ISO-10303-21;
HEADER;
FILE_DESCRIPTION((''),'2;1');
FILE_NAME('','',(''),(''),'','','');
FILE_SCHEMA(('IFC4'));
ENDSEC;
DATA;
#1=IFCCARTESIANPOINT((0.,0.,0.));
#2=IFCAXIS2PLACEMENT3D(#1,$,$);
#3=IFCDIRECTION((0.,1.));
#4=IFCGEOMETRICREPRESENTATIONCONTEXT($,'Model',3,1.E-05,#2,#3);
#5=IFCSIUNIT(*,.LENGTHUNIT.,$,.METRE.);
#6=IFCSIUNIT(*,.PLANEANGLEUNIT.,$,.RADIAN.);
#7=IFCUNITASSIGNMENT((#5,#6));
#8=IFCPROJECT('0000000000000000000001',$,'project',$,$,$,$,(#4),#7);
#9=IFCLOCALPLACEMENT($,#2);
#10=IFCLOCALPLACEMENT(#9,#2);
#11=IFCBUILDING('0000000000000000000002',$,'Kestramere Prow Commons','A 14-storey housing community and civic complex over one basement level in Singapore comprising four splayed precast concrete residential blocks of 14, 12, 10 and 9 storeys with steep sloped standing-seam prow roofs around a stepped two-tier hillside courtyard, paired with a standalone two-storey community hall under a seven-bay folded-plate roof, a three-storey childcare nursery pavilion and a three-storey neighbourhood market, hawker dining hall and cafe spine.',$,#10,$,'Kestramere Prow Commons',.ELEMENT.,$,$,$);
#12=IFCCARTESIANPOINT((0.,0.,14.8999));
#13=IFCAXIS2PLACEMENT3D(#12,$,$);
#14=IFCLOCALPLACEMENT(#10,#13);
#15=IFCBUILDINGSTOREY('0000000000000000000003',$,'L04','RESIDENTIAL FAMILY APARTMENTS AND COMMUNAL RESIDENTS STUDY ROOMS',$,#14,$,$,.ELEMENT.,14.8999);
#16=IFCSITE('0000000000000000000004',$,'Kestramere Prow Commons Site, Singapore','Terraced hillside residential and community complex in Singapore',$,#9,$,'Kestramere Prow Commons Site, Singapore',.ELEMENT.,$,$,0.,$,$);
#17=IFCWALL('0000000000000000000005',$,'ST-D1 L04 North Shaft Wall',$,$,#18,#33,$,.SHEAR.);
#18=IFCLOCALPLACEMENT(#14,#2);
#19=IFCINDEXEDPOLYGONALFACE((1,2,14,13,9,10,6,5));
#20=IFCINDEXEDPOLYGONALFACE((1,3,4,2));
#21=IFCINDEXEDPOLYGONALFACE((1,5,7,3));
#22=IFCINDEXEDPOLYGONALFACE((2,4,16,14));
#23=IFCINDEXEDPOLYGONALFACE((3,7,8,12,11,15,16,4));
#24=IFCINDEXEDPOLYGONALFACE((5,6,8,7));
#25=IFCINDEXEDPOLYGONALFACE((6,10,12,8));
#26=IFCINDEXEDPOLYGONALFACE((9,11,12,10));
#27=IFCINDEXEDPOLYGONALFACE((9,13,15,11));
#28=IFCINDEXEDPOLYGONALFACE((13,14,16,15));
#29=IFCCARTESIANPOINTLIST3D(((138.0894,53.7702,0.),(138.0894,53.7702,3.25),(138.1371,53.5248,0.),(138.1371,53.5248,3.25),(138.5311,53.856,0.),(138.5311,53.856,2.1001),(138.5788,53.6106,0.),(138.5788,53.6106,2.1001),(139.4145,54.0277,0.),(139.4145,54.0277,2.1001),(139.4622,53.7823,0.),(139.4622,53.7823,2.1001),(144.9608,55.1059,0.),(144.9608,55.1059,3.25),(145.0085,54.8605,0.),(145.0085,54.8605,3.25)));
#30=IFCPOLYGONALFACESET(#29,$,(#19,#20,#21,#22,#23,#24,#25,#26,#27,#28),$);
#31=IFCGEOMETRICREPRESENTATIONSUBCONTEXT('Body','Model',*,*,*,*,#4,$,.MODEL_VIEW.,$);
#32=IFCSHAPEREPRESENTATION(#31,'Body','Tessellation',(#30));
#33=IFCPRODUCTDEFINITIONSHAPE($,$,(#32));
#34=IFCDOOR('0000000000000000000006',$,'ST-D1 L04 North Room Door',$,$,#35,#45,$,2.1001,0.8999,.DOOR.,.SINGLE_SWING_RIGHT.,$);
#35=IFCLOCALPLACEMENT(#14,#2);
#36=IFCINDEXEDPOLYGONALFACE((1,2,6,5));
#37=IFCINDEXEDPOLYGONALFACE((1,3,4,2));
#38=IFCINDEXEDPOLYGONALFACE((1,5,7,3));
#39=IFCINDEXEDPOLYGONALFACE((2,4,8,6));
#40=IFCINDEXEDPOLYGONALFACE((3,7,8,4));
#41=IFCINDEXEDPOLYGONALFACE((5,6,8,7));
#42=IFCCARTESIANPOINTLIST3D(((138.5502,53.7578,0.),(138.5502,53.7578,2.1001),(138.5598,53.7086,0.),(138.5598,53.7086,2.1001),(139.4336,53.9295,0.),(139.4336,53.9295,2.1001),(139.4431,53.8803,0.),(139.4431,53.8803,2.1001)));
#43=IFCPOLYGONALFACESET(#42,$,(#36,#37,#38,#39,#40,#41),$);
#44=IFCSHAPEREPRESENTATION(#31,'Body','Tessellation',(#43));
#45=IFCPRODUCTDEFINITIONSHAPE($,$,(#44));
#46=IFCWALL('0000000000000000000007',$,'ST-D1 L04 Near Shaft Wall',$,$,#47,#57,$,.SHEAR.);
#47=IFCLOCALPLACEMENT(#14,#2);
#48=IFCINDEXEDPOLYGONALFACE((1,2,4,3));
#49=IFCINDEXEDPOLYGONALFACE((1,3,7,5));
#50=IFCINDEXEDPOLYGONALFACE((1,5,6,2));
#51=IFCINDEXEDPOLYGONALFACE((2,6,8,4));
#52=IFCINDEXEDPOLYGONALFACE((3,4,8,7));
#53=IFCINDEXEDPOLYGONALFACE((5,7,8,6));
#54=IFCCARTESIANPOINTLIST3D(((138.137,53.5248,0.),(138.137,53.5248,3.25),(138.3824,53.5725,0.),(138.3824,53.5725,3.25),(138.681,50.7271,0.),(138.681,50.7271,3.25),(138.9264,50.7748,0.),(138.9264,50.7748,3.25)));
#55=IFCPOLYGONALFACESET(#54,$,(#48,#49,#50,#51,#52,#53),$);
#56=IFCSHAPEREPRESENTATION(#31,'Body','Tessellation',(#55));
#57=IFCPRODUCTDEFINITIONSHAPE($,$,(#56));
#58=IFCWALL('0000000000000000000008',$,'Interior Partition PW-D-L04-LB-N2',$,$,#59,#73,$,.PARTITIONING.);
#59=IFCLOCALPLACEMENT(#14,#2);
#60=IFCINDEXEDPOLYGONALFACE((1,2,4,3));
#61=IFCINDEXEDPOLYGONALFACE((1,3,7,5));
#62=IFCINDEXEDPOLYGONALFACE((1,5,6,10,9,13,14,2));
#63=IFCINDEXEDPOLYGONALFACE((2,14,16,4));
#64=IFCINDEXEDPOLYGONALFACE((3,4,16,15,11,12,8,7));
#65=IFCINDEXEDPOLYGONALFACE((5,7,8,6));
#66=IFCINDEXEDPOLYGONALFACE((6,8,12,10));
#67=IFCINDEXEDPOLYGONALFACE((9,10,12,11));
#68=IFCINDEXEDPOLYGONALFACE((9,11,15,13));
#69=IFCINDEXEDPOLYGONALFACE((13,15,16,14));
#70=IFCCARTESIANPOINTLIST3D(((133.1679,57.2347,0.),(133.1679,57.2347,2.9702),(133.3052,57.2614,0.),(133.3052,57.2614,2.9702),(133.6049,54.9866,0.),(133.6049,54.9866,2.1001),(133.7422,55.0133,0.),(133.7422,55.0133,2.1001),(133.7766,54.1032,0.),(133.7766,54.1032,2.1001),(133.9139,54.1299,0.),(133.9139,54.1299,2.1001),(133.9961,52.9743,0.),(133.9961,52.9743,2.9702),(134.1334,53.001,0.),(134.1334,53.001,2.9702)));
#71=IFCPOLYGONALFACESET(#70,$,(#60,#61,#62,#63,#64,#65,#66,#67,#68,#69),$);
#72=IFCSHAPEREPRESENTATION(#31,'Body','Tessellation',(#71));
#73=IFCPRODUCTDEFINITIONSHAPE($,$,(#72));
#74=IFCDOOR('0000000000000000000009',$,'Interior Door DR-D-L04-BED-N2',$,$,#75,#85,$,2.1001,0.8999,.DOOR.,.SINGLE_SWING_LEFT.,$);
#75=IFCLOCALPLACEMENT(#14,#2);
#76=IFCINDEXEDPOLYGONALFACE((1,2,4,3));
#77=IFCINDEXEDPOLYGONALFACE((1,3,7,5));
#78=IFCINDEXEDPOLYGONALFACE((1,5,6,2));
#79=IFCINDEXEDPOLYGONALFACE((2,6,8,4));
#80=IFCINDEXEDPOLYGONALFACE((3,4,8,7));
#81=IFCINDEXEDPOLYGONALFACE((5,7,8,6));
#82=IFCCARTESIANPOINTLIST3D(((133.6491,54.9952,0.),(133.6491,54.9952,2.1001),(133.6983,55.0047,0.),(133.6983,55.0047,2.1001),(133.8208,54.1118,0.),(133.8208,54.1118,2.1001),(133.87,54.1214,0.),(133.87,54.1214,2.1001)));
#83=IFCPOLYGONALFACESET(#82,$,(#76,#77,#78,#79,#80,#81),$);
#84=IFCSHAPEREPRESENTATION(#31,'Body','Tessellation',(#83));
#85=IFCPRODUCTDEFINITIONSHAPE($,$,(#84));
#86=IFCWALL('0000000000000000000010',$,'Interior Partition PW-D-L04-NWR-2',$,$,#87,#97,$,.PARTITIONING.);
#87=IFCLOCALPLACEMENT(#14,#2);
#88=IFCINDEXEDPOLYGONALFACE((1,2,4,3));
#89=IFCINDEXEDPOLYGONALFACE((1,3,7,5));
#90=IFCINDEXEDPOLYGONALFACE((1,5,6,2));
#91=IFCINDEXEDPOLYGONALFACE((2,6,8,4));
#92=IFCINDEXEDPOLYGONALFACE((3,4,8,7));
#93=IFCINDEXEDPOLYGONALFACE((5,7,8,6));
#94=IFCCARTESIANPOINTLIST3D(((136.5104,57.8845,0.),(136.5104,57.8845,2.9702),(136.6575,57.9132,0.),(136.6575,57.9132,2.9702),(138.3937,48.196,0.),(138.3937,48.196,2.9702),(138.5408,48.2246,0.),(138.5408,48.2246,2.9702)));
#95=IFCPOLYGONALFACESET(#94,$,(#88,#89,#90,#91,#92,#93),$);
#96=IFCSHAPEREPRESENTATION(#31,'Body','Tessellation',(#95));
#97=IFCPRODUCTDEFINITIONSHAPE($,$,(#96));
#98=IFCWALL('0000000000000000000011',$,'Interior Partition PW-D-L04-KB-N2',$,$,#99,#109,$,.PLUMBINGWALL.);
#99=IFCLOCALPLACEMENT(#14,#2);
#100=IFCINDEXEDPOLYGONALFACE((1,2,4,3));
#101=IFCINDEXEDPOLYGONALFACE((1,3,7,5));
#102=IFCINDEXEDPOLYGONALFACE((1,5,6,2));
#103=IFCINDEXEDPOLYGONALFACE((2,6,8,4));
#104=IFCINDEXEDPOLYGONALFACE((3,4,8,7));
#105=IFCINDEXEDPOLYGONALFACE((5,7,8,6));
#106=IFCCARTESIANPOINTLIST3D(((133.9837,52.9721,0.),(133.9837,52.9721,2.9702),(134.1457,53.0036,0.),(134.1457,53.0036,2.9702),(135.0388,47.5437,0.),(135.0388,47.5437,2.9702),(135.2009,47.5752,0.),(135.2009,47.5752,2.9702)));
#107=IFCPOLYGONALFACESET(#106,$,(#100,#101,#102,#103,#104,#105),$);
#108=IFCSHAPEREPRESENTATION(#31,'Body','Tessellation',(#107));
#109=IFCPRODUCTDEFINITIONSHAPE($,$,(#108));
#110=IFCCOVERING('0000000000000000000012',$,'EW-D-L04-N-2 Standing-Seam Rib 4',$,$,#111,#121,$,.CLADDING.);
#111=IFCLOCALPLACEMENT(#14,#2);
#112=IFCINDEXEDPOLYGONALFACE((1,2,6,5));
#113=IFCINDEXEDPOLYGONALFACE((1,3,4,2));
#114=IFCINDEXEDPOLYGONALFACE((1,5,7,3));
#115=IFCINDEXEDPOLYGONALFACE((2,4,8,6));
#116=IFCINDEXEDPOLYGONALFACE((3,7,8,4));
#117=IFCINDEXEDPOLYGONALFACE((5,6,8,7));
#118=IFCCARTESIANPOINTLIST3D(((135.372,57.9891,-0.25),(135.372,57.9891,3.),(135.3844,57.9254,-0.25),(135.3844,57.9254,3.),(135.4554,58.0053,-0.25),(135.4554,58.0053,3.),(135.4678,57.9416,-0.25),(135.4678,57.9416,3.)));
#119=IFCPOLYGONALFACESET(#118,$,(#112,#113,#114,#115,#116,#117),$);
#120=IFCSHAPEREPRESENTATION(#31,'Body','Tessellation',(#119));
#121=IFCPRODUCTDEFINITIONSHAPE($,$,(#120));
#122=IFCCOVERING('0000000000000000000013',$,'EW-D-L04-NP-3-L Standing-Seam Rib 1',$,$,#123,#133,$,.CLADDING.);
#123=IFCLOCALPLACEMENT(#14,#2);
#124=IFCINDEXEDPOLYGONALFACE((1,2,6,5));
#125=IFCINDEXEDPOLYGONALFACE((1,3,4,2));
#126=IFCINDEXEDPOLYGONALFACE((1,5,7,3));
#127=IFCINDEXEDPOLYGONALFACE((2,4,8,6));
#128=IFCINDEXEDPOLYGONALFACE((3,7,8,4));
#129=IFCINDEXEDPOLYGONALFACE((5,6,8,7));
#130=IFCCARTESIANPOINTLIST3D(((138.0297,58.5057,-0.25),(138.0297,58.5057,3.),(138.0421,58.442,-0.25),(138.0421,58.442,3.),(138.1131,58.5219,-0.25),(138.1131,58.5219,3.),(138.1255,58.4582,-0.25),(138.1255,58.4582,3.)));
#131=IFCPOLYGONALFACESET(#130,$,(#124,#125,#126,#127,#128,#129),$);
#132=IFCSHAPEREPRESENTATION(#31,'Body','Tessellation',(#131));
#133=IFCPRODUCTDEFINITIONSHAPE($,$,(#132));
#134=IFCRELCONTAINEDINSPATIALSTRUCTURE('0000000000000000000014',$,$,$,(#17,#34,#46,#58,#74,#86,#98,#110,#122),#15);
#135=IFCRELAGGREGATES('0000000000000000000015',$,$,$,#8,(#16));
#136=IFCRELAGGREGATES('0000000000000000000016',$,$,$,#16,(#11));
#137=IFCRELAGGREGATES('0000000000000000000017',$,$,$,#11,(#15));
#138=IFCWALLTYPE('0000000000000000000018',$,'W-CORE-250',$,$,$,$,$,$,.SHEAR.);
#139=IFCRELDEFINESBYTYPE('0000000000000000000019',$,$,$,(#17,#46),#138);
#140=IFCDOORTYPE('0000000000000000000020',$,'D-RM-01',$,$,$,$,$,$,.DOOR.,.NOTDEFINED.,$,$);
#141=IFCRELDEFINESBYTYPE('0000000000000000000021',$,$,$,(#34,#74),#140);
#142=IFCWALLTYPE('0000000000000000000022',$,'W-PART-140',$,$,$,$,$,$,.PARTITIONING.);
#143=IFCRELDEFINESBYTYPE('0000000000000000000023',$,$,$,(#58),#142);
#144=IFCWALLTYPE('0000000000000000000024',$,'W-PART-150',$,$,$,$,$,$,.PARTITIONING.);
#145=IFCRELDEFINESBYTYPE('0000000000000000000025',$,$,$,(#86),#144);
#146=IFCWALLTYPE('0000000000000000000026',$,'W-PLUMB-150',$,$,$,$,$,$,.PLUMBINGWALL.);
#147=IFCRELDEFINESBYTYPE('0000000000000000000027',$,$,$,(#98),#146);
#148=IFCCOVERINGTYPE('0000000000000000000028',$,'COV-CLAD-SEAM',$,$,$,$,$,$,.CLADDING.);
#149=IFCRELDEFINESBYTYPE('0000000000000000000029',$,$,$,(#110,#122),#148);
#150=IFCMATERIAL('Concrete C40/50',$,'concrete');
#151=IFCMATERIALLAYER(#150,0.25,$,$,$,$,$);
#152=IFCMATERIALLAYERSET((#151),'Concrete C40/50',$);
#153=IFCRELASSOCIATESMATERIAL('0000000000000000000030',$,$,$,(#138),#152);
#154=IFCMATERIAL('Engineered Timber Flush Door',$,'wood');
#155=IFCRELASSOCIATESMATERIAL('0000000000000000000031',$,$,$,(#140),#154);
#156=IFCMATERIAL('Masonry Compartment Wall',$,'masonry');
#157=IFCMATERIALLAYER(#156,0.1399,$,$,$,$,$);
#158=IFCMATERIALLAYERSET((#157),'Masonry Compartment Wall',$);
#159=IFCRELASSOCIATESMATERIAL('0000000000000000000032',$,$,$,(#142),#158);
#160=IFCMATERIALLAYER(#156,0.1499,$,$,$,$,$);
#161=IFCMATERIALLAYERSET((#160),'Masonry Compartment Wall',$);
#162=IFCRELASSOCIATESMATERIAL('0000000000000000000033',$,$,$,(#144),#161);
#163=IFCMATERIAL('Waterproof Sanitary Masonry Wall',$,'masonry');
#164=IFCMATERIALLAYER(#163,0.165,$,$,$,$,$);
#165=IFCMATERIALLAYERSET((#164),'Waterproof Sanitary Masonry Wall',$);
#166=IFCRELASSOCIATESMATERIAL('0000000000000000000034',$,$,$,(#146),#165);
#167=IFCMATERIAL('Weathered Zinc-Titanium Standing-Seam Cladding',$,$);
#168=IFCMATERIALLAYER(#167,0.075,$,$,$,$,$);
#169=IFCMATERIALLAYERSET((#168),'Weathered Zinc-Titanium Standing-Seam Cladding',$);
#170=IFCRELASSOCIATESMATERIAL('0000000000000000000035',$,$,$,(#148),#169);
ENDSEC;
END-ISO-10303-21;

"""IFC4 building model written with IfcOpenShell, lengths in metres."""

from ifc_helpers import new_model, si_unit, direction, frame, frame_2d, origin, origin_2d, place, context, subcontext, project, spatial, rectangle, extrude, material, layer, layer_set, type_object, element, fill, save


model = new_model("IFC4")

# Units and contexts
model_context = context("Model", 3, precision=1e-05, world=origin(), true_north=direction((0.0, 1.0)))
body_context = subcontext(model_context, "Body", "Model", "MODEL_VIEW")
ifc_project = project(units=[si_unit("LENGTHUNIT", "METRE"), si_unit("PLANEANGLEUNIT", "RADIAN")], contexts=[model_context])

# Site, building, storey
site_placement = place(None, origin())
site = spatial("IfcSite", under=ifc_project, at=site_placement, Name="Kestramere Prow Commons Site, Singapore", Description="Terraced hillside residential and community complex in Singapore", LongName="Kestramere Prow Commons Site, Singapore", CompositionType="ELEMENT", RefElevation=0.0)
building_placement = place(site_placement, origin())
building = spatial("IfcBuilding", under=site, at=building_placement, Name="Kestramere Prow Commons", Description="A 14-storey housing community and civic complex over one basement level in Singapore comprising four splayed precast concrete residential blocks of 14, 12, 10 and 9 storeys with steep sloped standing-seam prow roofs around a stepped two-tier hillside courtyard, paired with a standalone two-storey community hall under a seven-bay folded-plate roof, a three-storey childcare nursery pavilion and a three-storey neighbourhood market, hawker dining hall and cafe spine.", LongName="Kestramere Prow Commons", CompositionType="ELEMENT")
storey_placement = place(building_placement, frame((0.0, 0.0, 14.8999)))
storey = spatial("IfcBuildingStorey", under=building, at=storey_placement, Name="L04", Description="RESIDENTIAL FAMILY APARTMENTS AND COMMUNAL RESIDENTS STUDY ROOMS", CompositionType="ELEMENT", Elevation=14.8999)

# Wall, opening, door
ifc_material_1 = material(Name="Concrete C40/50", Category="concrete")
ifc_layer_1 = layer(ifc_material_1, 0.25)
ifc_layer_set_1 = layer_set([ifc_layer_1], Name="Concrete C40/50")
wall_type_1 = type_object("IfcWallType", Name="W-CORE-250", PredefinedType="SHEAR", material=ifc_layer_set_1)
wall_1_placement = place(storey_placement, frame((138.1133, 53.6475, 0.0), z_axis=(0.0, 0.0, 1.0), x_axis=(0.981626, 0.190815, 0.0)))
wall_1 = element("IfcWall", 1, at=wall_1_placement, inside=storey, type_object=wall_type_1, Name="ST-D1 L04 North Shaft Wall", PredefinedType="SHEAR", context=body_context, shape_type="SweptSolid", body=[
    extrude(rectangle(XDim=7.0, YDim=0.25, at=frame_2d((3.5, 0.0))), origin(), (0.0, 0.0, 1.0), 3.25),
])
opening_1_placement = place(wall_1_placement, frame((0.45, 0.0, 0.0)))
opening_1 = element("IfcOpeningElement", 2, at=opening_1_placement, cuts=wall_1, PredefinedType="OPENING", context=body_context, shape_type="SweptSolid", body=[
    extrude(rectangle(XDim=0.8999, YDim=2.1001, at=frame_2d((0.45, 1.05))), frame((0.0, 0.1399, 0.0), z_axis=(0.0, -1.0, 0.0), x_axis=(1.0, 0.0, 0.0)), (0.0, 0.0, 1.0), 0.28),
])
ifc_material_2 = material(Name="Engineered Timber Flush Door", Category="wood")
door_type_1 = type_object("IfcDoorType", Name="D-RM-01", OperationType="NOTDEFINED", PredefinedType="DOOR", material=ifc_material_2)
door_1_placement = place(opening_1_placement, origin())
door_1 = element("IfcDoor", 3, at=door_1_placement, inside=storey, type_object=door_type_1, Name="ST-D1 L04 North Room Door", OperationType="SINGLE_SWING_RIGHT", OverallHeight=2.1001, OverallWidth=0.8999, PredefinedType="DOOR", context=body_context, shape_type="SweptSolid", body=[
    extrude(rectangle(XDim=0.8999, YDim=2.1001, at=frame_2d((0.45, 1.05))), frame((0.0, 0.0249, 0.0), z_axis=(0.0, -1.0, 0.0), x_axis=(1.0, 0.0, 0.0)), (0.0, 0.0, 1.0), 0.05),
])
fill(opening_1, door_1)

# Wall
wall_2_placement = place(storey_placement, frame((138.8037, 50.751, 0.0), z_axis=(0.0, 0.0, 1.0), x_axis=(-0.190858, 0.981618, 0.0)))
element("IfcWall", 4, at=wall_2_placement, inside=storey, type_object=wall_type_1, Name="ST-D1 L04 Near Shaft Wall", PredefinedType="SHEAR", context=body_context, shape_type="SweptSolid", body=[
    extrude(rectangle(XDim=2.8501, YDim=0.25, at=frame_2d((1.425, 0.0))), origin(), (0.0, 0.0, 1.0), 3.25),
])

# Wall, opening, door
ifc_material_3 = material(Name="Masonry Compartment Wall", Category="masonry")
ifc_layer_2 = layer(ifc_material_3, 0.1399)
ifc_layer_set_2 = layer_set([ifc_layer_2], Name="Masonry Compartment Wall")
wall_type_2 = type_object("IfcWallType", Name="W-PART-140", PredefinedType="PARTITIONING", material=ifc_layer_set_2)
wall_3_placement = place(storey_placement, frame((134.0647, 52.9878, 0.0), z_axis=(0.0, 0.0, 1.0), x_axis=(-0.190812, 0.981627, 0.0)))
wall_3 = element("IfcWall", 5, at=wall_3_placement, inside=storey, type_object=wall_type_2, Name="Interior Partition PW-D-L04-LB-N2", PredefinedType="PARTITIONING", context=body_context, shape_type="SweptSolid", body=[
    extrude(rectangle(XDim=4.3401, YDim=0.1399, at=frame_2d((2.1699, 0.0))), origin(), (0.0, 0.0, 1.0), 2.9702),
])
opening_2_placement = place(wall_3_placement, frame((1.1499, 0.0, 0.0)))
opening_2 = element("IfcOpeningElement", 6, at=opening_2_placement, cuts=wall_3, PredefinedType="OPENING", context=body_context, shape_type="SweptSolid", body=[
    extrude(rectangle(XDim=0.8999, YDim=2.1001, at=frame_2d((0.45, 1.05))), frame((0.0, 0.085, 0.0), z_axis=(0.0, -1.0, 0.0), x_axis=(1.0, 0.0, 0.0)), (0.0, 0.0, 1.0), 0.1699),
])
door_2_placement = place(opening_2_placement, origin())
door_2 = element("IfcDoor", 7, at=door_2_placement, inside=storey, type_object=door_type_1, Name="Interior Door DR-D-L04-BED-N2", OperationType="SINGLE_SWING_LEFT", OverallHeight=2.1001, OverallWidth=0.8999, PredefinedType="DOOR", context=body_context, shape_type="SweptSolid", body=[
    extrude(rectangle(XDim=0.8999, YDim=2.1001, at=frame_2d((0.45, 1.05))), frame((0.0, 0.0249, 0.0), z_axis=(0.0, -1.0, 0.0), x_axis=(1.0, 0.0, 0.0)), (0.0, 0.0, 1.0), 0.05),
])
fill(opening_2, door_2)

# Walls
ifc_layer_3 = layer(ifc_material_3, 0.1499)
ifc_layer_set_3 = layer_set([ifc_layer_3], Name="Masonry Compartment Wall")
wall_type_3 = type_object("IfcWallType", Name="W-PART-150", PredefinedType="PARTITIONING", material=ifc_layer_set_3)
wall_4_placement = place(storey_placement, frame((138.4673, 48.2102, 0.0), z_axis=(0.0, 0.0, 1.0), x_axis=(-0.190814, 0.981626, 0.0)))
element("IfcWall", 8, at=wall_4_placement, inside=storey, type_object=wall_type_3, Name="Interior Partition PW-D-L04-NWR-2", PredefinedType="PARTITIONING", context=body_context, shape_type="SweptSolid", body=[
    extrude(rectangle(XDim=9.8699, YDim=0.1499, at=frame_2d((4.9351, 0.0))), origin(), (0.0, 0.0, 1.0), 2.9702),
])
ifc_material_4 = material(Name="Waterproof Sanitary Masonry Wall", Category="masonry")
ifc_layer_4 = layer(ifc_material_4, 0.165)
ifc_layer_set_4 = layer_set([ifc_layer_4], Name="Waterproof Sanitary Masonry Wall")
wall_type_4 = type_object("IfcWallType", Name="W-PLUMB-150", PredefinedType="PLUMBINGWALL", material=ifc_layer_set_4)
wall_5_placement = place(storey_placement, frame((135.1199, 47.5593, 0.0), z_axis=(0.0, 0.0, 1.0), x_axis=(-0.190807, 0.981628, 0.0)))
element("IfcWall", 9, at=wall_5_placement, inside=storey, type_object=wall_type_4, Name="Interior Partition PW-D-L04-KB-N2", PredefinedType="PLUMBINGWALL", context=body_context, shape_type="SweptSolid", body=[
    extrude(rectangle(XDim=5.53, YDim=0.165, at=frame_2d((2.7651, 0.0))), origin(), (0.0, 0.0, 1.0), 2.9702),
])

# Coverings
ifc_material_5 = material(Name="Weathered Zinc-Titanium Standing-Seam Cladding")
ifc_layer_5 = layer(ifc_material_5, 0.075)
ifc_layer_set_5 = layer_set([ifc_layer_5], Name="Weathered Zinc-Titanium Standing-Seam Cladding")
covering_type = type_object("IfcCoveringType", Name="COV-CLAD-SEAM", PredefinedType="CLADDING", material=ifc_layer_set_5)
for number, where, z_axis, x_axis, name in (
    (10, (135.4199, 57.9653, -0.25), (0.0, 0.0, 1.0), (0.981627, 0.190809, 0.0), "EW-D-L04-N-2 Standing-Seam Rib 4"),
    (11, (138.0776, 58.4819, -0.25), (0.0, 0.0, 1.0), (0.981627, 0.190809, 0.0), "EW-D-L04-NP-3-L Standing-Seam Rib 1"),
):
    element("IfcCovering", number, at=place(storey_placement, frame(where, z_axis=z_axis, x_axis=x_axis)), inside=storey, type_object=covering_type, Name=name, PredefinedType="CLADDING", context=body_context, shape_type="SweptSolid", body=[
        extrude(rectangle(XDim=0.085, YDim=0.0649, at=origin_2d()), origin(), (0.0, 0.0, 1.0), 3.25),
    ])

save(model, "model.ifc")
